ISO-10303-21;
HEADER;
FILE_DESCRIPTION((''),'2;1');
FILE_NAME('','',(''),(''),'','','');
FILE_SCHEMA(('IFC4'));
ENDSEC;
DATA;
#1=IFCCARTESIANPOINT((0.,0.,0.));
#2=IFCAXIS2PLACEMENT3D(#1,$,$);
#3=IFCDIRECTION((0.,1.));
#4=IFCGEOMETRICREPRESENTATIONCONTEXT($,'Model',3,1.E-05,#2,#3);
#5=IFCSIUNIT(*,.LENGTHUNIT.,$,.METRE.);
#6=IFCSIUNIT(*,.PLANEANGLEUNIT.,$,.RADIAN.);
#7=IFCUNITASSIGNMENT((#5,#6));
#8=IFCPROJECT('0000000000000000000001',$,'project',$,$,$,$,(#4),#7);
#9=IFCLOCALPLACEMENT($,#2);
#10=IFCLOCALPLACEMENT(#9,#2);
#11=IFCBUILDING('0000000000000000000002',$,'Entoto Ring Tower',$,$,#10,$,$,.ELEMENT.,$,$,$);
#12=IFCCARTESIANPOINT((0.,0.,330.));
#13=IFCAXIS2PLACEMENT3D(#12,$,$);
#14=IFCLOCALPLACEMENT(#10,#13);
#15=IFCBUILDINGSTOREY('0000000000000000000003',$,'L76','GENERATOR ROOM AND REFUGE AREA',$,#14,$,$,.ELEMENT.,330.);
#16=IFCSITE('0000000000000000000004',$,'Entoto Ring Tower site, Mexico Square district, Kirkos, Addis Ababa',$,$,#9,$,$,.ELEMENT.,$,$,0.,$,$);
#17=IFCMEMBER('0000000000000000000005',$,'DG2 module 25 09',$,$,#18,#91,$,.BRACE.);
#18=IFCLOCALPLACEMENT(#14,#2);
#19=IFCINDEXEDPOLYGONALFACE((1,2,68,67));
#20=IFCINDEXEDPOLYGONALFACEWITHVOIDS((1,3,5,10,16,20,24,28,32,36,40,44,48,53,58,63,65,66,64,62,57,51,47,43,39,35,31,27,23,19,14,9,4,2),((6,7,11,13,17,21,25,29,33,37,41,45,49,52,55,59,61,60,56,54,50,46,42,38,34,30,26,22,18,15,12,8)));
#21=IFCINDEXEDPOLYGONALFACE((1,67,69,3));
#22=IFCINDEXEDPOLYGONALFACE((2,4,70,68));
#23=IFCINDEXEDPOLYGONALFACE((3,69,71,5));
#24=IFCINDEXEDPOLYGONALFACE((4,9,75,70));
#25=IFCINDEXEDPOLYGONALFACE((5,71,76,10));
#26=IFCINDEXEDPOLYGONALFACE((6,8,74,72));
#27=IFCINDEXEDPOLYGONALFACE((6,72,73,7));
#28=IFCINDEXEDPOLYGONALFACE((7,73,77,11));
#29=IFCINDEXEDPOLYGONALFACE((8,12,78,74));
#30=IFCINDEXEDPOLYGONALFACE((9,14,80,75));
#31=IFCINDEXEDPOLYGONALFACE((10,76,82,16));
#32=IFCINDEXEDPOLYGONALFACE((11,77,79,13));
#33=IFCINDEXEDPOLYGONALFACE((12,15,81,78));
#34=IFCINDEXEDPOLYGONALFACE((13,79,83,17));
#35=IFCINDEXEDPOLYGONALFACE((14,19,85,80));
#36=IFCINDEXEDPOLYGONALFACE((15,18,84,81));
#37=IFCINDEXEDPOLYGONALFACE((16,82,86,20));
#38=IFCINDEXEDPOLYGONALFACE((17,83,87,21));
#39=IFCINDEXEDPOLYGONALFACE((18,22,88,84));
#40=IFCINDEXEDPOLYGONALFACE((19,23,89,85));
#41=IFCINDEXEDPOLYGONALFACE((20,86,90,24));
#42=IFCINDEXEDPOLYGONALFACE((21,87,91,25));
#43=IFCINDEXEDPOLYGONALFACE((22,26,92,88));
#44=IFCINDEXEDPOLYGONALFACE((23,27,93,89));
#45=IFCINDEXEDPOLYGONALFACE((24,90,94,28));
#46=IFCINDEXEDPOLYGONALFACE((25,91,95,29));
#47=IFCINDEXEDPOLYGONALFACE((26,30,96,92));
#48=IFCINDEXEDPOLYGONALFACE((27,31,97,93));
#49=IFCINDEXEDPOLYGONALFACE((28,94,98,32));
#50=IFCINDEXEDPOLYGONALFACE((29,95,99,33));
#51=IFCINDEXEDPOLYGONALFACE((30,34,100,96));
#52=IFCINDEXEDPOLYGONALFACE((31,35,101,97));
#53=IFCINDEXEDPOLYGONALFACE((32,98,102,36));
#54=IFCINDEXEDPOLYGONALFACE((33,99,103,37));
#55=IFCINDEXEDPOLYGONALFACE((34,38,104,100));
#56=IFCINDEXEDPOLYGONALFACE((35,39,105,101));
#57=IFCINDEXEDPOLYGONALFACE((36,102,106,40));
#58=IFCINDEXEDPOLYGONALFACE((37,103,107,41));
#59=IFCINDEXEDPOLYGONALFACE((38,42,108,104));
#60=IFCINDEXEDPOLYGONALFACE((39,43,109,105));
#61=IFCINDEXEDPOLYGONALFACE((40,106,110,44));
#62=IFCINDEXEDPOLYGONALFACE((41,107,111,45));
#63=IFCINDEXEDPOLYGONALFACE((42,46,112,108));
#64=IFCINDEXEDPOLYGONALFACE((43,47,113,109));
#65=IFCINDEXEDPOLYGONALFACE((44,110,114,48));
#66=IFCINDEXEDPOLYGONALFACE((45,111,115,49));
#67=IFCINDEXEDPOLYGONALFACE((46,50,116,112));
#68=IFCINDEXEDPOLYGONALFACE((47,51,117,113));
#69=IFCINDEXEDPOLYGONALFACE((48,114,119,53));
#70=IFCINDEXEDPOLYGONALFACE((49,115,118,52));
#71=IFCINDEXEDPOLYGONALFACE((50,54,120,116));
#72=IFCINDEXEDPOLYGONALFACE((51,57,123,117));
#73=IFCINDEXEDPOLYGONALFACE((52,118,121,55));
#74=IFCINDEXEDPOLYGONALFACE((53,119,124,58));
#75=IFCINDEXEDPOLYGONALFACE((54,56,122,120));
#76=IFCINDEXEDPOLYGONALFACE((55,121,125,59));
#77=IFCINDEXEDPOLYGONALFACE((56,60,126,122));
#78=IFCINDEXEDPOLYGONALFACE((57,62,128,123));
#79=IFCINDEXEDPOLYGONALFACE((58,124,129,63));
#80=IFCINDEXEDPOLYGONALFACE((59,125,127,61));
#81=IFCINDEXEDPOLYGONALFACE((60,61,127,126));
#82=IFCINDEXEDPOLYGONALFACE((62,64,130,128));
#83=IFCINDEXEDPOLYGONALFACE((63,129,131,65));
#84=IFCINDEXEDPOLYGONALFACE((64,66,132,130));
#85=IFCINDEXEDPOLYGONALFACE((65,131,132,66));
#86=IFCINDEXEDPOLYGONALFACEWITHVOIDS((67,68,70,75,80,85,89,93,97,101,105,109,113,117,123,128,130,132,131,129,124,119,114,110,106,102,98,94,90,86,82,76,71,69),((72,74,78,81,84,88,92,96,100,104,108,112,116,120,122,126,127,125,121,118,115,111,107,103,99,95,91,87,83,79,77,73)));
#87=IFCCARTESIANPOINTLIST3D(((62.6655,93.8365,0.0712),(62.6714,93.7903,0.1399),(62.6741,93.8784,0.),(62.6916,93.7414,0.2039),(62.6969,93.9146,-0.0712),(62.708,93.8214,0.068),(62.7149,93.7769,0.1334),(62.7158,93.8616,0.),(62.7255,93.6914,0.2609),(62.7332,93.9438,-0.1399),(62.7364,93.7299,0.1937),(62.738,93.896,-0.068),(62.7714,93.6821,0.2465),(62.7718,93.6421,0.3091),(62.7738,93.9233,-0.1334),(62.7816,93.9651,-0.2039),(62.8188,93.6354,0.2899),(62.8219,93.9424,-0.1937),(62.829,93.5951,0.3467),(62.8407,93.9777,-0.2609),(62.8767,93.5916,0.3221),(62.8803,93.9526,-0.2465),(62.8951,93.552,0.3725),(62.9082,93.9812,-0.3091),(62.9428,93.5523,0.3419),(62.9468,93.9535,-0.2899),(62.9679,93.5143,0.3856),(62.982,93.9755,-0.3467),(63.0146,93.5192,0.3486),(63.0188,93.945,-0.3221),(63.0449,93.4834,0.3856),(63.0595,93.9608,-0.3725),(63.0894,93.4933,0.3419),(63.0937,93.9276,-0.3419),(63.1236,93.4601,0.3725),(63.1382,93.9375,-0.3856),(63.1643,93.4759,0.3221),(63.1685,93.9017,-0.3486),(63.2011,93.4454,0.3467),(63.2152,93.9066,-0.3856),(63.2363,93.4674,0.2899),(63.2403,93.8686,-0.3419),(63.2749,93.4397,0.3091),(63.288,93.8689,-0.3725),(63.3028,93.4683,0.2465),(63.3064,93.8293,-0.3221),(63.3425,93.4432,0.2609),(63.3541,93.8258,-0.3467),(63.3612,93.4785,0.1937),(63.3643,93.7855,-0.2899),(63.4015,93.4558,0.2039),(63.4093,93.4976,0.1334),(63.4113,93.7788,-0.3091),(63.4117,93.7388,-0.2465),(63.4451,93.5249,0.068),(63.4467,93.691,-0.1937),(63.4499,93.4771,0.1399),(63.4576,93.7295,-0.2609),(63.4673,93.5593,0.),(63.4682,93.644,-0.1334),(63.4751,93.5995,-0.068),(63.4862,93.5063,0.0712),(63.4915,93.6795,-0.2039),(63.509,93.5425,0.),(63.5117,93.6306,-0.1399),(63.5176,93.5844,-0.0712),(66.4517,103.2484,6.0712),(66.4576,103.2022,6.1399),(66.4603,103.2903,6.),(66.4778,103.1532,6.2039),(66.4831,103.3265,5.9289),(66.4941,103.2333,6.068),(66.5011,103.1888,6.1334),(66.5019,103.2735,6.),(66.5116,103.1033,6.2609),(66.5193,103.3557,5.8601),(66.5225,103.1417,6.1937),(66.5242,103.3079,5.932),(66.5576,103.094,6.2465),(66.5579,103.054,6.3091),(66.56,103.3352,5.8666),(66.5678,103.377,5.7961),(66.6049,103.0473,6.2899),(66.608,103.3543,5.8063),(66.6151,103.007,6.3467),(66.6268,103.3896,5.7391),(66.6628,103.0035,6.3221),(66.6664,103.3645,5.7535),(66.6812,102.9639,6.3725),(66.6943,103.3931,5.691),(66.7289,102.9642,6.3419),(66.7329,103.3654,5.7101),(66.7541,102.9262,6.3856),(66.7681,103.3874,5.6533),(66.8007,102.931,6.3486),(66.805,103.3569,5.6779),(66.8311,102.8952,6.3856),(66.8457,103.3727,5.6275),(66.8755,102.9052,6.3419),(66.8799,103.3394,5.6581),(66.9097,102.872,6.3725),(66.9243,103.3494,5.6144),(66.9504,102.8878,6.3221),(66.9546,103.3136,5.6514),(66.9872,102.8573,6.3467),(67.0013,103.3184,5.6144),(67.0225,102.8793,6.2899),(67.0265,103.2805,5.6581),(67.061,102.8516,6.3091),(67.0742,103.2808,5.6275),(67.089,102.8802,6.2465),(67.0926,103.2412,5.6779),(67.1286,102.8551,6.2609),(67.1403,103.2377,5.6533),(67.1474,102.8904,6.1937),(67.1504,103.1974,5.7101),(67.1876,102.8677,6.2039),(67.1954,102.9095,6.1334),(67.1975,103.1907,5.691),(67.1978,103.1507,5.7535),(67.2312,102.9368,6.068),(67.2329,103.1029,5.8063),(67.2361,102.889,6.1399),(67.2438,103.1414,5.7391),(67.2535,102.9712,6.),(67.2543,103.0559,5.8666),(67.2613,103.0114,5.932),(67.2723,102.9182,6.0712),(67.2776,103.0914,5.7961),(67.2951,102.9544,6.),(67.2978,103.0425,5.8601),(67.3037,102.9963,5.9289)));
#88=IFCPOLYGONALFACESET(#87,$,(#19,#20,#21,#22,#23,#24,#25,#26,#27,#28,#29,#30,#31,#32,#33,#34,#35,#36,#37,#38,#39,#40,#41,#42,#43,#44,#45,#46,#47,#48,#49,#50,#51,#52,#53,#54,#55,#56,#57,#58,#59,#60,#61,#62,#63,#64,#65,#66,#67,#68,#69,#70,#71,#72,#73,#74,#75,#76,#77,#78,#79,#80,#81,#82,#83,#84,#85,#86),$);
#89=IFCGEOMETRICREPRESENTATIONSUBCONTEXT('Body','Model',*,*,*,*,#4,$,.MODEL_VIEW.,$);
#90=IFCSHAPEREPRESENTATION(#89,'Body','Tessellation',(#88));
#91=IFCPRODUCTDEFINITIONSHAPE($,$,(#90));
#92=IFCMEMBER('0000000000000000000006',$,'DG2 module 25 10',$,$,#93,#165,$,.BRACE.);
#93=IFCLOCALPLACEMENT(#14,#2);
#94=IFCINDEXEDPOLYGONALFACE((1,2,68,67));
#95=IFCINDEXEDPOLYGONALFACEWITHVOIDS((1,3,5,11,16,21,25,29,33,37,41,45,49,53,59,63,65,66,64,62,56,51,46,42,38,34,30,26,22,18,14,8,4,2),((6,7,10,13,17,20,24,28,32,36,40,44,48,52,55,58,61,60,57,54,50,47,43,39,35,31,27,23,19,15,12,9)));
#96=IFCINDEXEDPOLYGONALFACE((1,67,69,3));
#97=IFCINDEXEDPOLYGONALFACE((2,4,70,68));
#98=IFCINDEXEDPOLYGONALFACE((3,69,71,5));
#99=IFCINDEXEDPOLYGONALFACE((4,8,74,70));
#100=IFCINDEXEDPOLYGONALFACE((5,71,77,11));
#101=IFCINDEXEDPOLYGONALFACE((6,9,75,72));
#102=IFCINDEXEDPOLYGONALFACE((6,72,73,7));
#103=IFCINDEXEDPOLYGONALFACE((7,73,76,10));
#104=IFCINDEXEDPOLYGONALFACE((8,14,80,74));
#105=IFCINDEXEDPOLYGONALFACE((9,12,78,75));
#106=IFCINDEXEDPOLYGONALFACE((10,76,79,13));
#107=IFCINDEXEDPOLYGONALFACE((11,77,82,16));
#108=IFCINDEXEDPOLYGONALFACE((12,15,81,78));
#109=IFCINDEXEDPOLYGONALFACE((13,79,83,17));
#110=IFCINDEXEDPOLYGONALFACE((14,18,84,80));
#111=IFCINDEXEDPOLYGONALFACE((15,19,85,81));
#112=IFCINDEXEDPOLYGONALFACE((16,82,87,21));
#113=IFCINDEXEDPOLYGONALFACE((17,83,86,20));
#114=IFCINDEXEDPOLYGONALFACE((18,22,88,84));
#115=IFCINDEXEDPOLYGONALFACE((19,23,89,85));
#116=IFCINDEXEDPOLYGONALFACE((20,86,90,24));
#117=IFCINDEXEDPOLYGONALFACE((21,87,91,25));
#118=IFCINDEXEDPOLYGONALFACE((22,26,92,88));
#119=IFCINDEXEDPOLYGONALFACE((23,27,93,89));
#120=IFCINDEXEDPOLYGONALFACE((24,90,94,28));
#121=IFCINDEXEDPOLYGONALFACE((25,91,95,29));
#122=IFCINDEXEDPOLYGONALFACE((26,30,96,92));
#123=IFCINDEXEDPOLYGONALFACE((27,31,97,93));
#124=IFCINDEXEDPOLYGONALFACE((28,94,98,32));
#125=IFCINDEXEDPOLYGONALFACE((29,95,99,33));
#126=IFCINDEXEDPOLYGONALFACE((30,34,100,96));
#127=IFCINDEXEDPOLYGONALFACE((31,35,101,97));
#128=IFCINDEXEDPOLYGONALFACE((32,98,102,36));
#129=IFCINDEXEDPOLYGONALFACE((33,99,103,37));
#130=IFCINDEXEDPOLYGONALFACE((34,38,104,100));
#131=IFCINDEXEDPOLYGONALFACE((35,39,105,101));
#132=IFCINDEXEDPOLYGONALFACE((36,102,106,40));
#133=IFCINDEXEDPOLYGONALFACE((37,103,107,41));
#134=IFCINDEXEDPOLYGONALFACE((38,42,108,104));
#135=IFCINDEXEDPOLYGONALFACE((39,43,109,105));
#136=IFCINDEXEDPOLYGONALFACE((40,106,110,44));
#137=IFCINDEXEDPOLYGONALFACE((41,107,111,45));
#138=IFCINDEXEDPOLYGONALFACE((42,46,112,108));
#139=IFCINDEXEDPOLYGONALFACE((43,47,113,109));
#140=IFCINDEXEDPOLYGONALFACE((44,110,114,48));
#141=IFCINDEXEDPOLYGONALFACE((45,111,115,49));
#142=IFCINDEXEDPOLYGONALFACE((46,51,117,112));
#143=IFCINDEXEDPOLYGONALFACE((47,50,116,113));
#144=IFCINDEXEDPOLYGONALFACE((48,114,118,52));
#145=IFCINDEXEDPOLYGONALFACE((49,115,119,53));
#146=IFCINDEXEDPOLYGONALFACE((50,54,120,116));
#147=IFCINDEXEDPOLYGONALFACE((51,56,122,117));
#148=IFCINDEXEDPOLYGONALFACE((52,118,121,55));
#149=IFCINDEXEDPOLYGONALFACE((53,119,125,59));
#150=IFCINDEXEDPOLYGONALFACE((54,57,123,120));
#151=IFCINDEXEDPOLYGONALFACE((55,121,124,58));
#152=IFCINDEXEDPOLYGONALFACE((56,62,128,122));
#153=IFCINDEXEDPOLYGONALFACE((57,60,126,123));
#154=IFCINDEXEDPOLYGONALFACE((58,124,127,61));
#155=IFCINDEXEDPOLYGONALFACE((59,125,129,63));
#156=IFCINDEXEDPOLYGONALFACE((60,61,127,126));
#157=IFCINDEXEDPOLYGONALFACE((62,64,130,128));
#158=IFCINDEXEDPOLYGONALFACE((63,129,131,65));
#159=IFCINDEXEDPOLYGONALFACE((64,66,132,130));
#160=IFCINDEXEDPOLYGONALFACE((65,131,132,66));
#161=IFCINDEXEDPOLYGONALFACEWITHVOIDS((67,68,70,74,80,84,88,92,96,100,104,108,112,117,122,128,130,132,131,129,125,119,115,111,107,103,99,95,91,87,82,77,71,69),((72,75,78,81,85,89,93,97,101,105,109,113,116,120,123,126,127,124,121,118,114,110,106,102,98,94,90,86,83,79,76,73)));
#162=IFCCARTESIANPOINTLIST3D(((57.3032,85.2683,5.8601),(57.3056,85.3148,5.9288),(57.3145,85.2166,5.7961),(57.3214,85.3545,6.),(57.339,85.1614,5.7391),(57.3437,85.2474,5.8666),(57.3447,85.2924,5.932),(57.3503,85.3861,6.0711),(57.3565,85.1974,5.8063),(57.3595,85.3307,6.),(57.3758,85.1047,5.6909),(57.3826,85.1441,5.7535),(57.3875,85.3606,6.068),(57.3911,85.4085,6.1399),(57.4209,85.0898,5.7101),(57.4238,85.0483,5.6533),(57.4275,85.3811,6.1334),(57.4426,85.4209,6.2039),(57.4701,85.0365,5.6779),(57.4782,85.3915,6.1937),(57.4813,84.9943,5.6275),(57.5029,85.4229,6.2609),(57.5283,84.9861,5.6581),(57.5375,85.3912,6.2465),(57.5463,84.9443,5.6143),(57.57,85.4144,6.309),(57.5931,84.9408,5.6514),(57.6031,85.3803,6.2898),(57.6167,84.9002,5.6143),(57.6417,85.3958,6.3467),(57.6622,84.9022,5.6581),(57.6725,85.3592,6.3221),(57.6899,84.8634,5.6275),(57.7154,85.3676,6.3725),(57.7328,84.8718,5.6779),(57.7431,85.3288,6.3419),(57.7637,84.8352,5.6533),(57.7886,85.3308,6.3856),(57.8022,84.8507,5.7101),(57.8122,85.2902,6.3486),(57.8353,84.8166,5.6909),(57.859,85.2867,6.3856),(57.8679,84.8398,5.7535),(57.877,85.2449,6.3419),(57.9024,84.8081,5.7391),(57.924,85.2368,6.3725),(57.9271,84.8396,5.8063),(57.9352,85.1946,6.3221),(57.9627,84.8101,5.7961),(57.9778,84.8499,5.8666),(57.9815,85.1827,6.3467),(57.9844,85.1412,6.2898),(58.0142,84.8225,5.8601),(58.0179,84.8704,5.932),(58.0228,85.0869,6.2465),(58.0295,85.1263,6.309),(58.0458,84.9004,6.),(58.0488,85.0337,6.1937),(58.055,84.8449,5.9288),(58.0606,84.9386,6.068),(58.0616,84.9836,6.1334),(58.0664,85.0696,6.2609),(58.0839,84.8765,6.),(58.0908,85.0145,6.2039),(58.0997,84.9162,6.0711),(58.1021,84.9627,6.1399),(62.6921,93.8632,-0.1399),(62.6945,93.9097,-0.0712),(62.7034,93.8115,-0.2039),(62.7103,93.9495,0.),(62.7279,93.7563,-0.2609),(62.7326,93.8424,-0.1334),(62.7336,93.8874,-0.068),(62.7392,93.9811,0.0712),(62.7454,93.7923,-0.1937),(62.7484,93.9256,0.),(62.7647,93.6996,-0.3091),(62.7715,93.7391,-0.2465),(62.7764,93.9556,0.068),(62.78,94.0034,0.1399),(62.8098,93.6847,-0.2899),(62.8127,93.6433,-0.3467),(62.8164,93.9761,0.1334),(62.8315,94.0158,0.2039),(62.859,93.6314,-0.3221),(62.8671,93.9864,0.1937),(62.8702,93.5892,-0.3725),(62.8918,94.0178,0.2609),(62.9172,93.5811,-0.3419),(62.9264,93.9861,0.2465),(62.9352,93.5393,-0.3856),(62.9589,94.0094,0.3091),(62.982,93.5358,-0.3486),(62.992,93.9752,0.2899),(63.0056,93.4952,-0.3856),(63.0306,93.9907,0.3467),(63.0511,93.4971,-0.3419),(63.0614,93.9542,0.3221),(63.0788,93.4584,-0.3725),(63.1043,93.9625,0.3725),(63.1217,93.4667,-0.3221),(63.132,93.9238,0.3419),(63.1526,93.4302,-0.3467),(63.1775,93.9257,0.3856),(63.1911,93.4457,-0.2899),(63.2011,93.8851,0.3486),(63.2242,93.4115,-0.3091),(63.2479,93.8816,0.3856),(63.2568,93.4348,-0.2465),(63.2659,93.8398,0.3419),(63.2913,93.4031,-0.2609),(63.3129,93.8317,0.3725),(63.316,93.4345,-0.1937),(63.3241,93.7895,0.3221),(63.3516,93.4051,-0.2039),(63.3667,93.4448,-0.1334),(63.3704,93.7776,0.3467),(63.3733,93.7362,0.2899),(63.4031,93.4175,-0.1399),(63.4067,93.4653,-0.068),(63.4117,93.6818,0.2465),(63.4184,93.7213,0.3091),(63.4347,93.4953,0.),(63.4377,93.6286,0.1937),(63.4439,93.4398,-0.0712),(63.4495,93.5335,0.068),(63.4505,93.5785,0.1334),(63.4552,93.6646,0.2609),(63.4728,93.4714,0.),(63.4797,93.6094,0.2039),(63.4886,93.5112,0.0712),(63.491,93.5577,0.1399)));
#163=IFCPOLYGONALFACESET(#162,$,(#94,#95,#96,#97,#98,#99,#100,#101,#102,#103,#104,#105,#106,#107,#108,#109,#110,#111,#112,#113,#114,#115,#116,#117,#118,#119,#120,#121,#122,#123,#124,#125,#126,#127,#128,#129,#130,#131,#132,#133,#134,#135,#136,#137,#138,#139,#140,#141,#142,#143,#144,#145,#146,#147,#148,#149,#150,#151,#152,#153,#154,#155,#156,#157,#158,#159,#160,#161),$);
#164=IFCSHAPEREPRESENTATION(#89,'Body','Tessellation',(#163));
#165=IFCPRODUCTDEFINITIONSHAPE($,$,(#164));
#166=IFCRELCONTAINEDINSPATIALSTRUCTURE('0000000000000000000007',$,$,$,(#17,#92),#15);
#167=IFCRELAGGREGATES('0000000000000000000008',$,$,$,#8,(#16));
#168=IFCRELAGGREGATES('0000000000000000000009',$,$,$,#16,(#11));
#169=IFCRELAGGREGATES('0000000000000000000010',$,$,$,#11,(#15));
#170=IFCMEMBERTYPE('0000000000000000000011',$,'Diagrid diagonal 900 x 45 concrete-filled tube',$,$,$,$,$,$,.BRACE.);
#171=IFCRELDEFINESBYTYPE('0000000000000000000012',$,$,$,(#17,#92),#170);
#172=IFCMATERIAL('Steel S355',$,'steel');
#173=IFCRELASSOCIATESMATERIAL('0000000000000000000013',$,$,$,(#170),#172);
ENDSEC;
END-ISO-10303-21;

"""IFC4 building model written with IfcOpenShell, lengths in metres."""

from ifc_helpers import new_model, si_unit, direction, frame, origin, origin_2d, place, context, subcontext, project, spatial, circle, hollow_circle, extrude, material, material_profile, profile_set, type_object, element, save


model = new_model("IFC4")

# Units and contexts
model_context = context("Model", 3, precision=1e-05, world=origin(), true_north=direction((0.0, 1.0)))
body_context = subcontext(model_context, "Body", "Model", "MODEL_VIEW")
ifc_project = project(units=[si_unit("LENGTHUNIT", "METRE"), si_unit("PLANEANGLEUNIT", "RADIAN")], contexts=[model_context])

# Site, building, storey
site_placement = place(None, origin())
site = spatial("IfcSite", under=ifc_project, at=site_placement, Name="Entoto Ring Tower site, Mexico Square district, Kirkos, Addis Ababa", CompositionType="ELEMENT", RefElevation=0.0)
building_placement = place(site_placement, origin())
building = spatial("IfcBuilding", under=site, at=building_placement, Name="Entoto Ring Tower", CompositionType="ELEMENT")
storey_placement = place(building_placement, frame((0.0, 0.0, 330.0)))
storey = spatial("IfcBuildingStorey", under=building, at=storey_placement, Name="L76", Description="GENERATOR ROOM AND REFUGE AREA", CompositionType="ELEMENT", Elevation=330.0)

# Members
ifc_material_1 = material(Name="Steel S355", Category="steel")
ifc_material_profile_1 = material_profile(ifc_material_1, hollow_circle(Radius=0.45, WallThickness=0.0449, at=origin_2d()), Name="CHS 900 x 45")
ifc_material_2 = material(Name="Concrete C60/75", Category="concrete")
ifc_material_profile_2 = material_profile(ifc_material_2, circle(Radius=0.405, at=origin_2d()), Name="Concrete C60/75 infill")
ifc_profile_set_1 = profile_set([ifc_material_profile_1, ifc_material_profile_2], Name="Steel S355")
member_type_1 = type_object("IfcMemberType", Name="Diagrid diagonal 900 x 45 concrete-filled tube", PredefinedType="BRACE", material=ifc_profile_set_1)
for number, where, z_axis, x_axis, name in (
    (1, (63.0916, 93.7104, 0.0), (0.32123, 0.79854, 0.509064), (-0.927748, 0.373207, 0.0), "DG2 module 25 09"),
):
    element("IfcMember", number, at=place(storey_placement, frame(where, z_axis=z_axis, x_axis=x_axis)), inside=storey, type_object=member_type_1, Name=name, PredefinedType="BRACE", context=body_context, shape_type="SweptSolid", body=[
        extrude(hollow_circle(Radius=0.45, WallThickness=0.0449, at=origin_2d()), origin(), (0.0, 0.0, 1.0), 11.7864),
    ])
member_1_placement = place(storey_placement, frame((63.0916, 93.7104, 0.0), z_axis=(-0.457223, -0.729242, 0.509071), x_axis=(0.847242, -0.531208, 0.0)))
element("IfcMember", 2, at=member_1_placement, inside=storey, type_object=member_type_1, Name="DG2 module 25 10", PredefinedType="BRACE", context=body_context, shape_type="SweptSolid", body=[
    extrude(hollow_circle(Radius=0.45, WallThickness=0.0449, at=origin_2d()), origin(), (0.0, 0.0, 1.0), 11.7861),
])

save(model, "model.ifc")
